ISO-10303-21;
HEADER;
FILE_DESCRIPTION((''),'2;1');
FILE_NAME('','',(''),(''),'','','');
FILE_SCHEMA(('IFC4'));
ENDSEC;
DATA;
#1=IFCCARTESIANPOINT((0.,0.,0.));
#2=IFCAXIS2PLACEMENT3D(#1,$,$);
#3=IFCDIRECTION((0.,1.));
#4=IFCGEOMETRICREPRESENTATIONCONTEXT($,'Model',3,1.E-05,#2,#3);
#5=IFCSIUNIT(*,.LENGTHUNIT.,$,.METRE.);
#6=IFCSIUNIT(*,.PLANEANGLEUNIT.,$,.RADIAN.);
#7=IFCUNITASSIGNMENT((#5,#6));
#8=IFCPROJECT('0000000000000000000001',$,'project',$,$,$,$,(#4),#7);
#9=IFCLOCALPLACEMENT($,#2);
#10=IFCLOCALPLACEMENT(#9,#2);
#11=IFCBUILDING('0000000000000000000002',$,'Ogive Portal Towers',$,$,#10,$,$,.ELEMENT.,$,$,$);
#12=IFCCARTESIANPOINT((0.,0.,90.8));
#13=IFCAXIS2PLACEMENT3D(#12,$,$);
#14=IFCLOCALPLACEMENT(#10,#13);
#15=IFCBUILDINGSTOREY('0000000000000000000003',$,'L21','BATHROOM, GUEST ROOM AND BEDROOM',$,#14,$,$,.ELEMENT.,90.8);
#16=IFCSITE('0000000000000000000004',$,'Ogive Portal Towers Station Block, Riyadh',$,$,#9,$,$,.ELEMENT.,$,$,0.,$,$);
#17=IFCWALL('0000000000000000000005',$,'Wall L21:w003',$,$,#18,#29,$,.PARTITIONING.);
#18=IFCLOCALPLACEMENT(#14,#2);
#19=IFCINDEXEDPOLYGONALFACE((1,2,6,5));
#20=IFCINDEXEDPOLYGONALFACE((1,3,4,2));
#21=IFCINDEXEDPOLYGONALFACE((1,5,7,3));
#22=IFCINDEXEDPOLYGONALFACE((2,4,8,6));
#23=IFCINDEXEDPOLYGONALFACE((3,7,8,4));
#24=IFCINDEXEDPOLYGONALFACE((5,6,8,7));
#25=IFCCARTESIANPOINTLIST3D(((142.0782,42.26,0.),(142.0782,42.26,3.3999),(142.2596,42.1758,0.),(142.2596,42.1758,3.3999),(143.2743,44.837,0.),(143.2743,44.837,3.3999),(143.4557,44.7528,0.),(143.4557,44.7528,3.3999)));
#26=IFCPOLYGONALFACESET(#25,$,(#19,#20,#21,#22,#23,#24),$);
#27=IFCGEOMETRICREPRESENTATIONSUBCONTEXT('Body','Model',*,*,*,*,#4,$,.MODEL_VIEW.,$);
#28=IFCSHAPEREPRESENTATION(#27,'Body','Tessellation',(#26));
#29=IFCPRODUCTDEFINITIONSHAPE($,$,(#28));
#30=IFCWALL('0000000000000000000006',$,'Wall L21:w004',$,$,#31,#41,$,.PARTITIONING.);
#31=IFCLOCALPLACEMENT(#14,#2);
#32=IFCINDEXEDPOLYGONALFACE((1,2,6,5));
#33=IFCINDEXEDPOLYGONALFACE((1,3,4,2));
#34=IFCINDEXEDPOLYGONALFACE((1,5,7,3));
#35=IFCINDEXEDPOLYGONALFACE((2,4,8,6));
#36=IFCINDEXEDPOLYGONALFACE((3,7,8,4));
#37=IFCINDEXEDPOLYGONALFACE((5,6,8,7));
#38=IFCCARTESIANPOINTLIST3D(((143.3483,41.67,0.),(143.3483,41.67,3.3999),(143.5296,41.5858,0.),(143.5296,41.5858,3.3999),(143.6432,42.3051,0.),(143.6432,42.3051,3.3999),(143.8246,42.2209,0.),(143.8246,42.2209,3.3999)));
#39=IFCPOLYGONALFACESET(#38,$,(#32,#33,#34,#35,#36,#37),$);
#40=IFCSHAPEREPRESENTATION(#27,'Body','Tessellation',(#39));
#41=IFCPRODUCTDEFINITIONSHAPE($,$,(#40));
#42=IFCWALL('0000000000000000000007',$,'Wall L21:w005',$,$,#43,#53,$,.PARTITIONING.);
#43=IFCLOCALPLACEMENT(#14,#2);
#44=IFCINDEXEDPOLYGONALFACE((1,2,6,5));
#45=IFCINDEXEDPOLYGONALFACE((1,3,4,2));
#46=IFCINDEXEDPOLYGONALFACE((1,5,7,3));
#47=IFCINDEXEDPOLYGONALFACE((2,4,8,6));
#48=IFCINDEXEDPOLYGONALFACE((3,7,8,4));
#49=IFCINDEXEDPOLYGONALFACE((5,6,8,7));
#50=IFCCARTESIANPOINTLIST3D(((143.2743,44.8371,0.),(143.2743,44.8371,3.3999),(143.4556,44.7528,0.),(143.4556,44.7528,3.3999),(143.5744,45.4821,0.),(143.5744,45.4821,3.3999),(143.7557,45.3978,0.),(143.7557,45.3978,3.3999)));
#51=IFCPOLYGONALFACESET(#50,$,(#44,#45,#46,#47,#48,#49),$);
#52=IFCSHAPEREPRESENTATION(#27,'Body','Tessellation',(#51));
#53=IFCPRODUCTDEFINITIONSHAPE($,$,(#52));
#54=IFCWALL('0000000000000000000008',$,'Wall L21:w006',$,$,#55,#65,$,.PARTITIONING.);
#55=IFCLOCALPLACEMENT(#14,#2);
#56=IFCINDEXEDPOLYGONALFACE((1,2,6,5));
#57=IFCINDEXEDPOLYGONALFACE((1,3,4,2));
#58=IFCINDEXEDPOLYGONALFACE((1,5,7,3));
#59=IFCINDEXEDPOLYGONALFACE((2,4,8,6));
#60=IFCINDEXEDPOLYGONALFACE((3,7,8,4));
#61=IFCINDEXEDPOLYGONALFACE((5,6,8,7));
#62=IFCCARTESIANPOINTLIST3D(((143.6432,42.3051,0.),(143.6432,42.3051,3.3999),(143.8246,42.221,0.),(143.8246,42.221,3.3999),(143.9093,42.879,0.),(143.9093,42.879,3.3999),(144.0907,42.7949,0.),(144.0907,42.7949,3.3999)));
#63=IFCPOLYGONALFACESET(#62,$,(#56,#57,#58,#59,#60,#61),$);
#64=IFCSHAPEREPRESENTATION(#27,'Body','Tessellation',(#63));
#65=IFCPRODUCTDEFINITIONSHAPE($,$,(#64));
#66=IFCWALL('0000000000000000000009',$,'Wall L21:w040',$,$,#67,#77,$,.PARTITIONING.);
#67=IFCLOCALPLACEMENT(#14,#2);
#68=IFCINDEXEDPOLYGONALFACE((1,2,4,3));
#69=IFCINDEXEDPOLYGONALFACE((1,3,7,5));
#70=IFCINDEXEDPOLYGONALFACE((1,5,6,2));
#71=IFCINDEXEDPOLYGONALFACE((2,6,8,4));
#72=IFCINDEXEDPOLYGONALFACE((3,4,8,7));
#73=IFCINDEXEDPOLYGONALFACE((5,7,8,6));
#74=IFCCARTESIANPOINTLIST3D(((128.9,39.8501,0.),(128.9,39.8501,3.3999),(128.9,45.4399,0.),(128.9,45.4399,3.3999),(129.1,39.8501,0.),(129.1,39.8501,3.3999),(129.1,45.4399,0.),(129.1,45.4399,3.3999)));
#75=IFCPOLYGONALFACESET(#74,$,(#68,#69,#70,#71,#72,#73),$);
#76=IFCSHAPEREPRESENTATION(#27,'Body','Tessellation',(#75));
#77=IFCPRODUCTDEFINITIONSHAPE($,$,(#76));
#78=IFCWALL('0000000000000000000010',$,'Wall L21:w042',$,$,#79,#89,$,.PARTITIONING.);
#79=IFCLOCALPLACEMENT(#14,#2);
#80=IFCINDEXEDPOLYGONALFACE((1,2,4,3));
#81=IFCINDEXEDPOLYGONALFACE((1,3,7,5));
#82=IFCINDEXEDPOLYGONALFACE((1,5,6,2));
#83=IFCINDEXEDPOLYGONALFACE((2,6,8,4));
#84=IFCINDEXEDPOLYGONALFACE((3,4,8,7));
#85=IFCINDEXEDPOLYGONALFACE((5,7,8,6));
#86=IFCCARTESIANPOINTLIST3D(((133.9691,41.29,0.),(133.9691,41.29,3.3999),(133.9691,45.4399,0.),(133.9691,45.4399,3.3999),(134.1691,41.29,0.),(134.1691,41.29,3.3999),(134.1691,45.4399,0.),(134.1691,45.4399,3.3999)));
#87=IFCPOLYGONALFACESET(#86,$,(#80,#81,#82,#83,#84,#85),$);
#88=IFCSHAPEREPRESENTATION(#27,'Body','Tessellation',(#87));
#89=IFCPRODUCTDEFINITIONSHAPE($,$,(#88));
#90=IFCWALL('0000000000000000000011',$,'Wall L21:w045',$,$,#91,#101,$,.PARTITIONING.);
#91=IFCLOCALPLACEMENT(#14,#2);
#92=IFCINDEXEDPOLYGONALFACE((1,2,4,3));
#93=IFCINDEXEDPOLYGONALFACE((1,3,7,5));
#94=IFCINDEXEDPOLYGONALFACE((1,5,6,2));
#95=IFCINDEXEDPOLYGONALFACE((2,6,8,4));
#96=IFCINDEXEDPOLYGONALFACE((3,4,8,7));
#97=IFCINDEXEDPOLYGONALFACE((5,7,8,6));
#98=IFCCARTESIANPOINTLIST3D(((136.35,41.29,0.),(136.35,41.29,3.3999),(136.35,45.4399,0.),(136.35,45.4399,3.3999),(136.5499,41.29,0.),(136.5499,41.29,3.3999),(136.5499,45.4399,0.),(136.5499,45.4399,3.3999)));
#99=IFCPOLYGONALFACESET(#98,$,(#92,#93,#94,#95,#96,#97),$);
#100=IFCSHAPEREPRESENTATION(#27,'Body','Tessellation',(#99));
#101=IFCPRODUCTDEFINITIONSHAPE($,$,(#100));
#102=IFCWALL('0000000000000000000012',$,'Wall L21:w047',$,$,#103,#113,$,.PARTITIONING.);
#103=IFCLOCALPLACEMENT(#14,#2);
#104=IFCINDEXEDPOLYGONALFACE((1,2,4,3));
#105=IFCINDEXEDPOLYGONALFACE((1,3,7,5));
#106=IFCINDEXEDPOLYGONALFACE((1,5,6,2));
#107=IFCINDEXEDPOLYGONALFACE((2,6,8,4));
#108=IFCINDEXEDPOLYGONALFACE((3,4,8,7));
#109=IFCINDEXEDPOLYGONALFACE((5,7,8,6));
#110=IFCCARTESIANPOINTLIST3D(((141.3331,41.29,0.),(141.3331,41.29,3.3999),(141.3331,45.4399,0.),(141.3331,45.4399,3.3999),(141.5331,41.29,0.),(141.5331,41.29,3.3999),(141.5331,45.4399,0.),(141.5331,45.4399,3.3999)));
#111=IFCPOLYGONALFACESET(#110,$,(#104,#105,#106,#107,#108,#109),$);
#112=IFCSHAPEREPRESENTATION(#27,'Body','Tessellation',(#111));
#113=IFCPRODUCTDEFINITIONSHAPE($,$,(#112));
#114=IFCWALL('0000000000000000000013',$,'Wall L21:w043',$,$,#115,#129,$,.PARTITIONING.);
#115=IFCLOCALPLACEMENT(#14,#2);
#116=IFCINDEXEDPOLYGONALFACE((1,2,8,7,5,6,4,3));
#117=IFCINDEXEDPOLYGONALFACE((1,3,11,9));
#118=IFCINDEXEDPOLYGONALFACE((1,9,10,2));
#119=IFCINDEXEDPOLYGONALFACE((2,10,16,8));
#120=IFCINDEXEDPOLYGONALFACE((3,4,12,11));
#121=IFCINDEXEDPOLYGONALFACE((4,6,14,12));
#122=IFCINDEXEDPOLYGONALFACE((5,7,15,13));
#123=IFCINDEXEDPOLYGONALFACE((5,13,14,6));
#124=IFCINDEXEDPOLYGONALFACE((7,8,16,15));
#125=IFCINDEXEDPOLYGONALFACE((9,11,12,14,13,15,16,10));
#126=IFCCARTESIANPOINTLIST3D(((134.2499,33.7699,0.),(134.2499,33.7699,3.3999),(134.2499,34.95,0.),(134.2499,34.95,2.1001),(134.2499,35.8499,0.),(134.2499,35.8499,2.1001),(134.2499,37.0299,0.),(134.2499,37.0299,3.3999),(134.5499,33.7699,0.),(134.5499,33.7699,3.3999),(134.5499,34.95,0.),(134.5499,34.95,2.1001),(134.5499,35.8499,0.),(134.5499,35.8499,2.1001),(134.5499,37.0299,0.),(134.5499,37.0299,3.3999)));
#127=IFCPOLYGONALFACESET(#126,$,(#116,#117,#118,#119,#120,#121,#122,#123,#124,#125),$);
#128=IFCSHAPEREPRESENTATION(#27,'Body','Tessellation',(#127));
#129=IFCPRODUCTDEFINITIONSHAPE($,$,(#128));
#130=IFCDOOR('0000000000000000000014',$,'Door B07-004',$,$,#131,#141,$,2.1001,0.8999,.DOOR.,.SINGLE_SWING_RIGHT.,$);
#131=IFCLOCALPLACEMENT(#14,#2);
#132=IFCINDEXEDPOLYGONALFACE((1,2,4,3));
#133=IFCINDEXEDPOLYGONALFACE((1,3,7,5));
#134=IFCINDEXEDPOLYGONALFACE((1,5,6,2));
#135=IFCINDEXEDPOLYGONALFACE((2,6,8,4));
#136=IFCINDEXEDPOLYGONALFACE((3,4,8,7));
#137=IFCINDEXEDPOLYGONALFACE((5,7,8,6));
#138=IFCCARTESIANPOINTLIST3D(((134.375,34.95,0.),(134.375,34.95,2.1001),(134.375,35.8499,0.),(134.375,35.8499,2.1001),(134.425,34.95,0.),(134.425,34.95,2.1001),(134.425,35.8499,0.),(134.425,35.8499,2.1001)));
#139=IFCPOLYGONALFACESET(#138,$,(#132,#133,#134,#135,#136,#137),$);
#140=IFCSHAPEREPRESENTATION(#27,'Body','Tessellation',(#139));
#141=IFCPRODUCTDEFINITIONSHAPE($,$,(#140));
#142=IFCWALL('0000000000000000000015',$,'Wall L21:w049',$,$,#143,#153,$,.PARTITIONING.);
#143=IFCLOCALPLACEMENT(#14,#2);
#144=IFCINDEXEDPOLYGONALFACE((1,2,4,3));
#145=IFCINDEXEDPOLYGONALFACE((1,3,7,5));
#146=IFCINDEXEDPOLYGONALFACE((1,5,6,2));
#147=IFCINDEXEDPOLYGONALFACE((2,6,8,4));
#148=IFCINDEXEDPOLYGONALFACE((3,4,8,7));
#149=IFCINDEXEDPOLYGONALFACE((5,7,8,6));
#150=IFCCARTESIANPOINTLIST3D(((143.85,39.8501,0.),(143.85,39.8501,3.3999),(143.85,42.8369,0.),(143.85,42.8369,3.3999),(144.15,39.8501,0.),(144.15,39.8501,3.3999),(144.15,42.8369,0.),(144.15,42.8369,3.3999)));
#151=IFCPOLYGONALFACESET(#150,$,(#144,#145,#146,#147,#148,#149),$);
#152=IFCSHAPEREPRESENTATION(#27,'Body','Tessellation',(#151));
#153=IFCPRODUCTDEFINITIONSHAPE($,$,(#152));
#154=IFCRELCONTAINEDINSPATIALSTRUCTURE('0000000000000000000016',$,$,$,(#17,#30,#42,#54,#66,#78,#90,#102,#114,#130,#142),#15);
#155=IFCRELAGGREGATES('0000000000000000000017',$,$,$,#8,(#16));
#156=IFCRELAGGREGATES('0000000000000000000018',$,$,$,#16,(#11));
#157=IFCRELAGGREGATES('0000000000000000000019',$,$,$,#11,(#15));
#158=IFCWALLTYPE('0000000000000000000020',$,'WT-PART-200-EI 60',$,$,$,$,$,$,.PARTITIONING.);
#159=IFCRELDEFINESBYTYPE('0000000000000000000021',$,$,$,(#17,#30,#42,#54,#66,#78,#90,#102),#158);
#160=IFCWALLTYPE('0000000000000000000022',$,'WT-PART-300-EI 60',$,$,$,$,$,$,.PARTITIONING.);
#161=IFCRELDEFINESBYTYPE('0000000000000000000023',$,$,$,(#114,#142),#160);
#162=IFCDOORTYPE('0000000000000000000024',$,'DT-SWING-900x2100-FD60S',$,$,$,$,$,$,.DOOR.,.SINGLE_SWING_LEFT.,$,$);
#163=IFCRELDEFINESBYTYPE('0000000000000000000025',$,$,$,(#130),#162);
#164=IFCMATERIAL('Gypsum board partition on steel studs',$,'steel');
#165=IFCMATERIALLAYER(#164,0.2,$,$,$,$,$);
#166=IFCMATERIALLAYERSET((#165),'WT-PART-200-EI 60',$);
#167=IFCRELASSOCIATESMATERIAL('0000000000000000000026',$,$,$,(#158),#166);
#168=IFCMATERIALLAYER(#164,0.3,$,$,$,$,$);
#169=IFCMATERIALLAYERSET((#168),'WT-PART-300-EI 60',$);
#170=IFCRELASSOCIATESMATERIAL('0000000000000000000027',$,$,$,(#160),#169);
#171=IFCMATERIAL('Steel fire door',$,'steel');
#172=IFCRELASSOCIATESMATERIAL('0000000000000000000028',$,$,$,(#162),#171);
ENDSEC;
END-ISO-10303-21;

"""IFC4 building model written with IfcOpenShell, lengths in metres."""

from ifc_helpers import new_model, si_unit, direction, frame, frame_2d, origin, place, context, subcontext, project, spatial, rectangle, extrude, material, layer, layer_set, type_object, element, fill, save


model = new_model("IFC4")

# Units and contexts
model_context = context("Model", 3, precision=1e-05, world=origin(), true_north=direction((0.0, 1.0)))
body_context = subcontext(model_context, "Body", "Model", "MODEL_VIEW")
ifc_project = project(units=[si_unit("LENGTHUNIT", "METRE"), si_unit("PLANEANGLEUNIT", "RADIAN")], contexts=[model_context])

# Site, building, storey
site_placement = place(None, origin())
site = spatial("IfcSite", under=ifc_project, at=site_placement, Name="Ogive Portal Towers Station Block, Riyadh", CompositionType="ELEMENT", RefElevation=0.0)
building_placement = place(site_placement, origin())
building = spatial("IfcBuilding", under=site, at=building_placement, Name="Ogive Portal Towers", CompositionType="ELEMENT")
storey_placement = place(building_placement, frame((0.0, 0.0, 90.8)))
storey = spatial("IfcBuildingStorey", under=building, at=storey_placement, Name="L21", Description="BATHROOM, GUEST ROOM AND BEDROOM", CompositionType="ELEMENT", Elevation=90.8)

# Walls
ifc_material_1 = material(Name="Gypsum board partition on steel studs", Category="steel")
ifc_layer_1 = layer(ifc_material_1, 0.2)
ifc_layer_set_1 = layer_set([ifc_layer_1], Name="WT-PART-200-EI 60")
wall_type_1 = type_object("IfcWallType", Name="WT-PART-200-EI 60", PredefinedType="PARTITIONING", material=ifc_layer_set_1)
wall_1_placement = place(storey_placement, frame((142.1689, 42.218, 0.0), z_axis=(0.0, 0.0, 1.0), x_axis=(0.421003, 0.907059, 0.0)))
element("IfcWall", 1, at=wall_1_placement, inside=storey, type_object=wall_type_1, Name="Wall L21:w003", PredefinedType="PARTITIONING", context=body_context, shape_type="SweptSolid", body=[
    extrude(rectangle(XDim=2.8411, YDim=0.2, at=frame_2d((1.4204, 0.0))), origin(), (0.0, 0.0, 1.0), 3.3999),
])
wall_2_placement = place(storey_placement, frame((143.439, 41.6279, 0.0), z_axis=(0.0, 0.0, 1.0), x_axis=(0.421224, 0.906957, 0.0)))
element("IfcWall", 2, at=wall_2_placement, inside=storey, type_object=wall_type_1, Name="Wall L21:w004", PredefinedType="PARTITIONING", context=body_context, shape_type="SweptSolid", body=[
    extrude(rectangle(XDim=0.7002, YDim=0.2, at=frame_2d((0.3501, 0.0))), origin(), (0.0, 0.0, 1.0), 3.3999),
])
wall_3_placement = place(storey_placement, frame((143.365, 44.7949, 0.0), z_axis=(0.0, 0.0, 1.0), x_axis=(0.421777, 0.9067, 0.0)))
element("IfcWall", 3, at=wall_3_placement, inside=storey, type_object=wall_type_1, Name="Wall L21:w005", PredefinedType="PARTITIONING", context=body_context, shape_type="SweptSolid", body=[
    extrude(rectangle(XDim=0.7114, YDim=0.2, at=frame_2d((0.3557, 0.0))), origin(), (0.0, 0.0, 1.0), 3.3999),
])
wall_4_placement = place(storey_placement, frame((143.7339, 42.2629, 0.0), z_axis=(0.0, 0.0, 1.0), x_axis=(0.420624, 0.907235, 0.0)))
element("IfcWall", 4, at=wall_4_placement, inside=storey, type_object=wall_type_1, Name="Wall L21:w006", PredefinedType="PARTITIONING", context=body_context, shape_type="SweptSolid", body=[
    extrude(rectangle(XDim=0.6326, YDim=0.2, at=frame_2d((0.3164, 0.0))), origin(), (0.0, 0.0, 1.0), 3.3999),
])
wall_5_placement = place(storey_placement, frame((129.0, 39.8501, 0.0), z_axis=(0.0, 0.0, 1.0), x_axis=(0.0, 1.0, 0.0)))
element("IfcWall", 5, at=wall_5_placement, inside=storey, type_object=wall_type_1, Name="Wall L21:w040", PredefinedType="PARTITIONING", context=body_context, shape_type="SweptSolid", body=[
    extrude(rectangle(XDim=5.5898, YDim=0.2, at=frame_2d((2.7949, 0.0))), origin(), (0.0, 0.0, 1.0), 3.3999),
])
for number, where, z_axis, x_axis, name in (
    (6, (134.0691, 41.29, 0.0), (0.0, 0.0, 1.0), (0.0, 1.0, 0.0), "Wall L21:w042"),
    (7, (136.45, 41.29, 0.0), (0.0, 0.0, 1.0), (0.0, 1.0, 0.0), "Wall L21:w045"),
    (8, (141.4331, 41.29, 0.0), (0.0, 0.0, 1.0), (0.0, 1.0, 0.0), "Wall L21:w047"),
):
    element("IfcWall", number, at=place(storey_placement, frame(where, z_axis=z_axis, x_axis=x_axis)), inside=storey, type_object=wall_type_1, Name=name, PredefinedType="PARTITIONING", context=body_context, shape_type="SweptSolid", body=[
        extrude(rectangle(XDim=4.1499, YDim=0.2, at=frame_2d((2.075, 0.0))), origin(), (0.0, 0.0, 1.0), 3.3999),
    ])

# Wall, opening, door
ifc_layer_2 = layer(ifc_material_1, 0.3)
ifc_layer_set_2 = layer_set([ifc_layer_2], Name="WT-PART-300-EI 60")
wall_type_2 = type_object("IfcWallType", Name="WT-PART-300-EI 60", PredefinedType="PARTITIONING", material=ifc_layer_set_2)
wall_6_placement = place(storey_placement, frame((134.3999, 33.77, 0.0), z_axis=(0.0, 0.0, 1.0), x_axis=(0.0, 1.0, 0.0)))
wall_6 = element("IfcWall", 9, at=wall_6_placement, inside=storey, type_object=wall_type_2, Name="Wall L21:w043", PredefinedType="PARTITIONING", context=body_context, shape_type="SweptSolid", body=[
    extrude(rectangle(XDim=3.26, YDim=0.3, at=frame_2d((1.6299, 0.0))), origin(), (0.0, 0.0, 1.0), 3.3999),
])
opening_1_placement = place(wall_6_placement, frame((1.1799, 0.0, 0.0)))
opening_1 = element("IfcOpeningElement", 10, at=opening_1_placement, cuts=wall_6, PredefinedType="OPENING", context=body_context, shape_type="SweptSolid", body=[
    extrude(rectangle(XDim=0.8999, YDim=2.1001, at=frame_2d((0.45, 1.05))), frame((0.0, 0.1602, 0.0), z_axis=(0.0, -1.0, 0.0), x_axis=(1.0, 0.0, 0.0)), (0.0, 0.0, 1.0), 0.3201),
])
ifc_material_2 = material(Name="Steel fire door", Category="steel")
door_type_1 = type_object("IfcDoorType", Name="DT-SWING-900x2100-FD60S", OperationType="SINGLE_SWING_LEFT", PredefinedType="DOOR", material=ifc_material_2)
door_1_placement = place(opening_1_placement, origin())
door_1 = element("IfcDoor", 11, at=door_1_placement, inside=storey, type_object=door_type_1, Name="Door B07-004", OperationType="SINGLE_SWING_RIGHT", OverallHeight=2.1001, OverallWidth=0.8999, PredefinedType="DOOR", context=body_context, shape_type="SweptSolid", body=[
    extrude(rectangle(XDim=0.8999, YDim=2.1001, at=frame_2d((0.45, 1.05))), frame((0.0, 0.0249, 0.0), z_axis=(0.0, -1.0, 0.0), x_axis=(1.0, 0.0, 0.0)), (0.0, 0.0, 1.0), 0.05),
])
fill(opening_1, door_1)

# Wall
wall_7_placement = place(storey_placement, frame((144.0, 39.8501, 0.0), z_axis=(0.0, 0.0, 1.0), x_axis=(0.0, 1.0, 0.0)))
element("IfcWall", 12, at=wall_7_placement, inside=storey, type_object=wall_type_2, Name="Wall L21:w049", PredefinedType="PARTITIONING", context=body_context, shape_type="SweptSolid", body=[
    extrude(rectangle(XDim=2.9868, YDim=0.3, at=frame_2d((1.4934, 0.0))), origin(), (0.0, 0.0, 1.0), 3.3999),
])

save(model, "model.ifc")
